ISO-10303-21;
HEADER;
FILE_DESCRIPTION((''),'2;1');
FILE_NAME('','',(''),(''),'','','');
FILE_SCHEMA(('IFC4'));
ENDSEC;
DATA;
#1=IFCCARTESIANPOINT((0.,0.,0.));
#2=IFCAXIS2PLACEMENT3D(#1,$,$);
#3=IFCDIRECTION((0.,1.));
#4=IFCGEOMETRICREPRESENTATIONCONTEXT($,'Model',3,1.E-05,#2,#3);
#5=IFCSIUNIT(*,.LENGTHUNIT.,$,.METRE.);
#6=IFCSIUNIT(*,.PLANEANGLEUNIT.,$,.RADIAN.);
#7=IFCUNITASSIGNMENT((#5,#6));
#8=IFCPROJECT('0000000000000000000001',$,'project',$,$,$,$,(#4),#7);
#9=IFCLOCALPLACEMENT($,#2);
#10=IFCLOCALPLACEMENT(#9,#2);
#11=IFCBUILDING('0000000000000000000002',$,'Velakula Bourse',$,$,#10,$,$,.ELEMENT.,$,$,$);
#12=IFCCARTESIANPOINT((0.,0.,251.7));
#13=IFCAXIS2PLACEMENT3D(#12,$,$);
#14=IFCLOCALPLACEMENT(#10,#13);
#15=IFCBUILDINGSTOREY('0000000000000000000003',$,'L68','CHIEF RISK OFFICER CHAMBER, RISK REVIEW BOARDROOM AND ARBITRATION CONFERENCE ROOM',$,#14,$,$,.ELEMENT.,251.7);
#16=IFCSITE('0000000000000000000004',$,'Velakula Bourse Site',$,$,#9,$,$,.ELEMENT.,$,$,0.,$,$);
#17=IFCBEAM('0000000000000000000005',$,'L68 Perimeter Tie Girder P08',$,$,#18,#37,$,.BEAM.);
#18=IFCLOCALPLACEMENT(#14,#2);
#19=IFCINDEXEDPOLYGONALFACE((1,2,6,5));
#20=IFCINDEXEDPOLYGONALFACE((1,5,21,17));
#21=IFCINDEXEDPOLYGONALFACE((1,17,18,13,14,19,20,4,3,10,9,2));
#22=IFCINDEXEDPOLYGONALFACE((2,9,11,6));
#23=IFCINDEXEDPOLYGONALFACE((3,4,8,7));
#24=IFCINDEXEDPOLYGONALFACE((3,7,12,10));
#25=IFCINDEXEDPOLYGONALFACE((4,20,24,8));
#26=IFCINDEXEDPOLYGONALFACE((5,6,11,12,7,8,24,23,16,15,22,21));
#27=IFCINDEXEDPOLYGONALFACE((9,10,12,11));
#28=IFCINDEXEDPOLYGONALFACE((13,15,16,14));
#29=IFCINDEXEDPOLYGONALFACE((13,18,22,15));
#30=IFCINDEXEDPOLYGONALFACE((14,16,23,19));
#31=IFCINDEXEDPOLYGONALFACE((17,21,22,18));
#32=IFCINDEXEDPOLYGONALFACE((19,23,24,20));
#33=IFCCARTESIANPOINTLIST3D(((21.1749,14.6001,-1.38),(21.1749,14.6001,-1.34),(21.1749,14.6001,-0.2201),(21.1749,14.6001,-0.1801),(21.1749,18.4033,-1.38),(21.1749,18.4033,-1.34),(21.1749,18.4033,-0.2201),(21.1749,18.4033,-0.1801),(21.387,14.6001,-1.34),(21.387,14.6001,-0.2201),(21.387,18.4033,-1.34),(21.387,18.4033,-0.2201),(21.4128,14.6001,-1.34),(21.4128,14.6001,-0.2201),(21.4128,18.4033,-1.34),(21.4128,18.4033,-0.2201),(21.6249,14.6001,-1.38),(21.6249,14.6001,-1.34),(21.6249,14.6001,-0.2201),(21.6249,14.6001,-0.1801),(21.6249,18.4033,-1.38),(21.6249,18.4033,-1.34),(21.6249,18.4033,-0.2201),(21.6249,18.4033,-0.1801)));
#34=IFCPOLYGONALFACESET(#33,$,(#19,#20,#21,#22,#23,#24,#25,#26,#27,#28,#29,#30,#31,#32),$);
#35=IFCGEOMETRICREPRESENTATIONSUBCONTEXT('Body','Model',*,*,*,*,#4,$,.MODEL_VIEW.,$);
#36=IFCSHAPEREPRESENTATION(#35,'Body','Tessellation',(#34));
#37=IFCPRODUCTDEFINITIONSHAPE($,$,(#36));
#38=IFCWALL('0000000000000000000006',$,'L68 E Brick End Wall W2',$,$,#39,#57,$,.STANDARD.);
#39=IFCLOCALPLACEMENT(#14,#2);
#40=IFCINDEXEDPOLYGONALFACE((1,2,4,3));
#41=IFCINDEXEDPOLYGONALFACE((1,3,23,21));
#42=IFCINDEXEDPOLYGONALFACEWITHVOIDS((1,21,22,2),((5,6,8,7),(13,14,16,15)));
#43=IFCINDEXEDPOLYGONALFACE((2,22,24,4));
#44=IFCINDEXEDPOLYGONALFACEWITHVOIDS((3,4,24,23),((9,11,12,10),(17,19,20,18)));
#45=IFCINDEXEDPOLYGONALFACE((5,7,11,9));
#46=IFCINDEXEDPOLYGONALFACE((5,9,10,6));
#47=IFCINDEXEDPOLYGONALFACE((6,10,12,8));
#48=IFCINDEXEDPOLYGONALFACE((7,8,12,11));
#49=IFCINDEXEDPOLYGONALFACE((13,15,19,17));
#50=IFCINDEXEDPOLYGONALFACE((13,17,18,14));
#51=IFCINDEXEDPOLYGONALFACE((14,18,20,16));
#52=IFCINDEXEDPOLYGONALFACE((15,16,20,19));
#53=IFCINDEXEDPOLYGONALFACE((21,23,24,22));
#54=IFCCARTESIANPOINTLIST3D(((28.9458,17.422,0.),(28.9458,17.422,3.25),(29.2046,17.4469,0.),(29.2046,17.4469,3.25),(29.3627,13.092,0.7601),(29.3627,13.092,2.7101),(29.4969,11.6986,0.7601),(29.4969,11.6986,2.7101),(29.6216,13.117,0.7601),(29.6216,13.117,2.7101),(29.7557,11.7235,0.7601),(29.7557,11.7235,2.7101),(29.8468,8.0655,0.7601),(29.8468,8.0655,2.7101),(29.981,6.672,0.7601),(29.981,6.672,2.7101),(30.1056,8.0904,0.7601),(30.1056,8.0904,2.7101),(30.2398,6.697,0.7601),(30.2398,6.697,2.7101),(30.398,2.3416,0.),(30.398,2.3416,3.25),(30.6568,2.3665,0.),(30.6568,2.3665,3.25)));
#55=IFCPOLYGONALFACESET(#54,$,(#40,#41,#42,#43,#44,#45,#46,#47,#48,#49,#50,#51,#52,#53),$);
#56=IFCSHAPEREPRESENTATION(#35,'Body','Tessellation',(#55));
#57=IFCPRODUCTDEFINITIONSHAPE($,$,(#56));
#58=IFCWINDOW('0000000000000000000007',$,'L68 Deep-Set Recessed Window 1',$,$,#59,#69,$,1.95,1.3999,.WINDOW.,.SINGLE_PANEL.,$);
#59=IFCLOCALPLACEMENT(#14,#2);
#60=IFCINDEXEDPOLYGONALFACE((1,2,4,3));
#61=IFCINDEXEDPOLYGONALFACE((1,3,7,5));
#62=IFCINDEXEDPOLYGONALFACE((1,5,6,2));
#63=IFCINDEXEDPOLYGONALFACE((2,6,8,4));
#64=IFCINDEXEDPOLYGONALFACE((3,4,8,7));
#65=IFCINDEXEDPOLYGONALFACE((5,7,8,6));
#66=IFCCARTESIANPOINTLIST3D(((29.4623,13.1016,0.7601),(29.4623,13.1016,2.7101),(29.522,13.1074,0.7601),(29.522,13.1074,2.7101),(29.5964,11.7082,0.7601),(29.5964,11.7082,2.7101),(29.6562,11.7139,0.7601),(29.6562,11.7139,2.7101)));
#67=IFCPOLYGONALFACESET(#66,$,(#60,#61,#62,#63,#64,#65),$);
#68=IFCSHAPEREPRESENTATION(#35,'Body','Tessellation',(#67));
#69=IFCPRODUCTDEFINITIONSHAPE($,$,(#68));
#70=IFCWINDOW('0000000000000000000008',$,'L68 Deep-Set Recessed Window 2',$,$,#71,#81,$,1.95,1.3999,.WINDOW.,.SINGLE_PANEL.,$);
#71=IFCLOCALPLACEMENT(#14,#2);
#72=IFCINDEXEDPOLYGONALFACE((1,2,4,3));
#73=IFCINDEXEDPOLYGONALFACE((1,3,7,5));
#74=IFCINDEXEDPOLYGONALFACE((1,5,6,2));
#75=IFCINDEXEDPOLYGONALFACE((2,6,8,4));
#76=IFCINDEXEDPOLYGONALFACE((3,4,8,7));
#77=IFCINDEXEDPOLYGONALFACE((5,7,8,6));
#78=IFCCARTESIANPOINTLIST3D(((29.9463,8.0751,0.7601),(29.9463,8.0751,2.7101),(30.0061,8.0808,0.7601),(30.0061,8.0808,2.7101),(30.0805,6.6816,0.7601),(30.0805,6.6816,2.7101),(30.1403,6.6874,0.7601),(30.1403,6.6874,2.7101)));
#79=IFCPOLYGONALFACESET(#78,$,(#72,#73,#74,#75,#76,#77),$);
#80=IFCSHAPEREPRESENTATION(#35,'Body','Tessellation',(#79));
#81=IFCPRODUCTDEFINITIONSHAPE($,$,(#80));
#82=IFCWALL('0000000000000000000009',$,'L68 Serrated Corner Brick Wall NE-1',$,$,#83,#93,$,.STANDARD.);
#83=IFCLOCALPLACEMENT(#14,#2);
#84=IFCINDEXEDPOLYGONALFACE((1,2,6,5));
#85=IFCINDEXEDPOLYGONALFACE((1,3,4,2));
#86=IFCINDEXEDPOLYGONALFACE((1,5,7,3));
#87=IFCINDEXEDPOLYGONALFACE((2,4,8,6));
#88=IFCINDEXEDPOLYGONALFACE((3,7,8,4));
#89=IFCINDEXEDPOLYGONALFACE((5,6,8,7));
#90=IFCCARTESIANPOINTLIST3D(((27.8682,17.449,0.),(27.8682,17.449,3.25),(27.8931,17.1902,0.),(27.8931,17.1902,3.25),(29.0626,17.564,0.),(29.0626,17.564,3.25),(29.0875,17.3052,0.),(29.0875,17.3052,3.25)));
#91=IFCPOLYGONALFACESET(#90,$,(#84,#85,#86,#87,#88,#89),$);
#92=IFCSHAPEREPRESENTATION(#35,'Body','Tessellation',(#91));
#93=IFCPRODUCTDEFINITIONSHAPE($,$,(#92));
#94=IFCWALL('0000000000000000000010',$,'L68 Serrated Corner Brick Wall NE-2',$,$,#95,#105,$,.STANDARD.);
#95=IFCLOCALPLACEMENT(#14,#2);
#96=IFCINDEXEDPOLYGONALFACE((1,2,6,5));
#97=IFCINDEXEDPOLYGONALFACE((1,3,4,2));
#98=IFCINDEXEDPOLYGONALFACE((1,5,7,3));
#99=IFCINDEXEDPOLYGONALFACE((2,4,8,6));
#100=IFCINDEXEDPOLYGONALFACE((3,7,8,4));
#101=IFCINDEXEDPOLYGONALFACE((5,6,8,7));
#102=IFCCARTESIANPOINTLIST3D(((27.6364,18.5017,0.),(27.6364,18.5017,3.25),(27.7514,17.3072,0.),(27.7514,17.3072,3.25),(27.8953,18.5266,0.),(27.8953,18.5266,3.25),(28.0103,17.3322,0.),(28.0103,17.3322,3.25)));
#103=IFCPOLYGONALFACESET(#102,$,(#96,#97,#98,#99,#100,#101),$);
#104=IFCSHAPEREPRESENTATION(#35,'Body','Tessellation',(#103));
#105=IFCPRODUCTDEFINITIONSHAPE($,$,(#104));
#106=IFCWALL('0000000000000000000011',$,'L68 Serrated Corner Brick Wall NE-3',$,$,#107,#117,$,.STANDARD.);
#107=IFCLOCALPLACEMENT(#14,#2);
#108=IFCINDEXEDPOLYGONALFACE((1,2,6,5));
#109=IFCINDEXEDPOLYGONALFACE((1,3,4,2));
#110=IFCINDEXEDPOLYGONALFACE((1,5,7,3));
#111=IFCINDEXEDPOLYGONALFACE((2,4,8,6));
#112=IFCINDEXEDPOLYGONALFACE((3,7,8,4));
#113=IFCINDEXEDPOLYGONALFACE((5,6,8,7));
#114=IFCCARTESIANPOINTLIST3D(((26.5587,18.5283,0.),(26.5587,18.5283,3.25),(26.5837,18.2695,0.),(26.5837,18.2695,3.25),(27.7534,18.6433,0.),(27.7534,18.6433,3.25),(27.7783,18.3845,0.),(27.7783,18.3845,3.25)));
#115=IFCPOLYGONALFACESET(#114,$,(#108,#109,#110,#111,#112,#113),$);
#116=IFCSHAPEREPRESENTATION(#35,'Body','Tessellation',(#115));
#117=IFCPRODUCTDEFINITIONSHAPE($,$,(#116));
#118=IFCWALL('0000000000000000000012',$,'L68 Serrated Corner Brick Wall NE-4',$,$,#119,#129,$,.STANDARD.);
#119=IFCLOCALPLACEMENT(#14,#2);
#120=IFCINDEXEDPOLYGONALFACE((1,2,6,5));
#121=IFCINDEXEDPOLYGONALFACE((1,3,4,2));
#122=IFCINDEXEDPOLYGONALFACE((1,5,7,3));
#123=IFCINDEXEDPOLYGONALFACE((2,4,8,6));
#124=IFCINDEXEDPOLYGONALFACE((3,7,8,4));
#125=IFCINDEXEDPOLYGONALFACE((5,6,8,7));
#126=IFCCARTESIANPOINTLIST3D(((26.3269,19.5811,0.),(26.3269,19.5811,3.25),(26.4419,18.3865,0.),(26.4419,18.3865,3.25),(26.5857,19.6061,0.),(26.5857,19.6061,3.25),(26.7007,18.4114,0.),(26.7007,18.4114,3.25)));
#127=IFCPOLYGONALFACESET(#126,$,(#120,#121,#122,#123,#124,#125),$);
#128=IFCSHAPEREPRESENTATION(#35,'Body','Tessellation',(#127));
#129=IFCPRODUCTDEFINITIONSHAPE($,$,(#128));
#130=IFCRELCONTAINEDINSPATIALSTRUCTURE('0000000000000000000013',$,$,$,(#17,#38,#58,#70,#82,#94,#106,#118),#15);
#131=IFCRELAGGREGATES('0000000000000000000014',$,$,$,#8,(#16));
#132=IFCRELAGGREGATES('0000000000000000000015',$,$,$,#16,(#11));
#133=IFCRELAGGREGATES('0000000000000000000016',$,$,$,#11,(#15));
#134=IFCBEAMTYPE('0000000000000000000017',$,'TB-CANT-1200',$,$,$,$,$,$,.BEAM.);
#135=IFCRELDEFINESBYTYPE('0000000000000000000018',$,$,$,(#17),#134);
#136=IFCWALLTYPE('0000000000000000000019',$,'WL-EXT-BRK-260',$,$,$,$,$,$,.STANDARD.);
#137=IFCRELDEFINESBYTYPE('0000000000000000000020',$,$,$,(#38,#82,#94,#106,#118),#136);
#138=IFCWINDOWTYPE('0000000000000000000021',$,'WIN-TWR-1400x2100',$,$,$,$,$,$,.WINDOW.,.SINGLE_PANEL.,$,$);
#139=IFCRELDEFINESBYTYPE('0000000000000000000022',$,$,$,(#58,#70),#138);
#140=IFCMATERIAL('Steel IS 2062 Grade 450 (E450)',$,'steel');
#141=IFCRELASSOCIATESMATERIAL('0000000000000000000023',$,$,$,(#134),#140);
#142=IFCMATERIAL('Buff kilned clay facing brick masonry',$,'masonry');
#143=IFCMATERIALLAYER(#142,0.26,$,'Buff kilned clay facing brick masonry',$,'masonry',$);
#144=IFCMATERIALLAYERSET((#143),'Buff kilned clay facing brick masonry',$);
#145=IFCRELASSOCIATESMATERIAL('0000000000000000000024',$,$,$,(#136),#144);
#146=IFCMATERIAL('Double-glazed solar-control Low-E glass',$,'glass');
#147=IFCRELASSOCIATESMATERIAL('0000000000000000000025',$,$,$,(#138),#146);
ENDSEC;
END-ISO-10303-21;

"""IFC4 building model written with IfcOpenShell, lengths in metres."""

from ifc_helpers import new_model, si_unit, direction, frame, frame_2d, origin, origin_2d, place, context, subcontext, project, spatial, rectangle, i_section, extrude, material, layer, layer_set, material_profile, profile_set, type_object, element, fill, save


model = new_model("IFC4")

# Units and contexts
model_context = context("Model", 3, precision=1e-05, world=origin(), true_north=direction((0.0, 1.0)))
body_context = subcontext(model_context, "Body", "Model", "MODEL_VIEW")
ifc_project = project(units=[si_unit("LENGTHUNIT", "METRE"), si_unit("PLANEANGLEUNIT", "RADIAN")], contexts=[model_context])

# Site, building, storey
site_placement = place(None, origin())
site = spatial("IfcSite", under=ifc_project, at=site_placement, Name="Velakula Bourse Site", CompositionType="ELEMENT", RefElevation=0.0)
building_placement = place(site_placement, origin())
building = spatial("IfcBuilding", under=site, at=building_placement, Name="Velakula Bourse", CompositionType="ELEMENT")
storey_placement = place(building_placement, frame((0.0, 0.0, 251.7)))
storey = spatial("IfcBuildingStorey", under=building, at=storey_placement, Name="L68", Description="CHIEF RISK OFFICER CHAMBER, RISK REVIEW BOARDROOM AND ARBITRATION CONFERENCE ROOM", CompositionType="ELEMENT", Elevation=251.7)

# Beam
ifc_material_1 = material(Name="Steel IS 2062 Grade 450 (E450)", Category="steel")
ifc_material_profile_1 = material_profile(ifc_material_1, i_section(OverallWidth=0.45, OverallDepth=1.2, WebThickness=0.0259, FlangeThickness=0.04, at=origin_2d()), Name="Steel IS 2062 Grade 450 (E450)")
ifc_profile_set_1 = profile_set([ifc_material_profile_1], Name="Steel IS 2062 Grade 450 (E450)")
beam_type_1 = type_object("IfcBeamType", Name="TB-CANT-1200", PredefinedType="BEAM", material=ifc_profile_set_1)
beam_1_placement = place(storey_placement, frame((21.3999, 14.6001, -0.78), z_axis=(0.0, 1.0, 0.0), x_axis=(-1.0, 0.0, 0.0)))
element("IfcBeam", 1, at=beam_1_placement, inside=storey, type_object=beam_type_1, Name="L68 Perimeter Tie Girder P08", PredefinedType="BEAM", context=body_context, shape_type="SweptSolid", body=[
    extrude(i_section(OverallWidth=0.45, OverallDepth=1.2, WebThickness=0.0259, FlangeThickness=0.04, at=origin_2d()), origin(), (0.0, 0.0, 1.0), 3.8032),
])

# Wall, openings, windows
ifc_material_2 = material(Name="Buff kilned clay facing brick masonry", Category="masonry")
ifc_layer = layer(ifc_material_2, 0.26, Name="Buff kilned clay facing brick masonry", Category="masonry")
ifc_layer_set = layer_set([ifc_layer], Name="Buff kilned clay facing brick masonry")
wall_type = type_object("IfcWallType", Name="WL-EXT-BRK-260", PredefinedType="STANDARD", material=ifc_layer_set)
wall_placement = place(storey_placement, frame((29.0752, 17.4346, 0.0), z_axis=(0.0, 0.0, 1.0), x_axis=(0.095851, -0.995396, 0.0)))
wall = element("IfcWall", 2, at=wall_placement, inside=storey, type_object=wall_type, Name="L68 E Brick End Wall W2", PredefinedType="STANDARD", context=body_context, shape_type="SweptSolid", body=[
    extrude(rectangle(XDim=15.1501, YDim=0.26, at=frame_2d((7.5752, 0.0))), origin(), (0.0, 0.0, 1.0), 3.25),
])
opening_1_placement = place(wall_placement, frame((4.3501, 0.0, 0.76)))
opening_1 = element("IfcOpeningElement", 3, at=opening_1_placement, cuts=wall, PredefinedType="OPENING", context=body_context, shape_type="SweptSolid", body=[
    extrude(rectangle(XDim=1.3999, YDim=1.95, at=frame_2d((0.7, 0.9751))), frame((0.0, 0.1399, 0.0), z_axis=(0.0, -1.0, 0.0), x_axis=(1.0, 0.0, 0.0)), (0.0, 0.0, 1.0), 0.28),
])
opening_2_placement = place(wall_placement, frame((9.3999, 0.0, 0.76)))
opening_2 = element("IfcOpeningElement", 4, at=opening_2_placement, cuts=wall, PredefinedType="OPENING", context=body_context, shape_type="SweptSolid", body=[
    extrude(rectangle(XDim=1.3999, YDim=1.95, at=frame_2d((0.7, 0.9751))), frame((0.0, 0.1399, 0.0), z_axis=(0.0, -1.0, 0.0), x_axis=(1.0, 0.0, 0.0)), (0.0, 0.0, 1.0), 0.28),
])
ifc_material_3 = material(Name="Double-glazed solar-control Low-E glass", Category="glass")
window_type = type_object("IfcWindowType", Name="WIN-TWR-1400x2100", PartitioningType="SINGLE_PANEL", PredefinedType="WINDOW", material=ifc_material_3)
window_1_placement = place(opening_1_placement, origin())
window_1 = element("IfcWindow", 5, at=window_1_placement, inside=storey, type_object=window_type, Name="L68 Deep-Set Recessed Window 1", OverallHeight=1.95, OverallWidth=1.3999, PartitioningType="SINGLE_PANEL", PredefinedType="WINDOW", context=body_context, shape_type="SweptSolid", body=[
    extrude(rectangle(XDim=1.3999, YDim=1.95, at=frame_2d((0.7, 0.9751))), frame((0.0, 0.03, 0.0), z_axis=(0.0, -1.0, 0.0), x_axis=(1.0, 0.0, 0.0)), (0.0, 0.0, 1.0), 0.0601),
])
fill(opening_1, window_1)
window_2_placement = place(opening_2_placement, origin())
window_2 = element("IfcWindow", 6, at=window_2_placement, inside=storey, type_object=window_type, Name="L68 Deep-Set Recessed Window 2", OverallHeight=1.95, OverallWidth=1.3999, PartitioningType="SINGLE_PANEL", PredefinedType="WINDOW", context=body_context, shape_type="SweptSolid", body=[
    extrude(rectangle(XDim=1.3999, YDim=1.95, at=frame_2d((0.7, 0.9751))), frame((0.0, 0.03, 0.0), z_axis=(0.0, -1.0, 0.0), x_axis=(1.0, 0.0, 0.0)), (0.0, 0.0, 1.0), 0.0601),
])
fill(opening_2, window_2)

# Walls
for number, where, z_axis, x_axis, name in (
    (7, (29.0752, 17.4346, 0.0), (0.0, 0.0, 1.0), (-0.995397, -0.095836, 0.0), "L68 Serrated Corner Brick Wall NE-1"),
    (8, (27.8809, 17.3196, 0.0), (0.0, 0.0, 1.0), (-0.095836, 0.995397, 0.0), "L68 Serrated Corner Brick Wall NE-2"),
):
    element("IfcWall", number, at=place(storey_placement, frame(where, z_axis=z_axis, x_axis=x_axis)), inside=storey, type_object=wall_type, Name=name, PredefinedType="STANDARD", context=body_context, shape_type="SweptSolid", body=[
        extrude(rectangle(XDim=1.2, YDim=0.26, at=frame_2d((0.6001, 0.0))), origin(), (0.0, 0.0, 1.0), 3.25),
    ])
for number, where, z_axis, x_axis, name in (
    (9, (27.7659, 18.5139, 0.0), (0.0, 0.0, 1.0), (-0.995399, -0.095817, 0.0), "L68 Serrated Corner Brick Wall NE-3"),
    (10, (26.5713, 18.3989, 0.0), (0.0, 0.0, 1.0), (-0.095817, 0.995399, 0.0), "L68 Serrated Corner Brick Wall NE-4"),
):
    element("IfcWall", number, at=place(storey_placement, frame(where, z_axis=z_axis, x_axis=x_axis)), inside=storey, type_object=wall_type, Name=name, PredefinedType="STANDARD", context=body_context, shape_type="SweptSolid", body=[
        extrude(rectangle(XDim=1.2002, YDim=0.26, at=frame_2d((0.6001, 0.0))), origin(), (0.0, 0.0, 1.0), 3.25),
    ])

save(model, "model.ifc")
